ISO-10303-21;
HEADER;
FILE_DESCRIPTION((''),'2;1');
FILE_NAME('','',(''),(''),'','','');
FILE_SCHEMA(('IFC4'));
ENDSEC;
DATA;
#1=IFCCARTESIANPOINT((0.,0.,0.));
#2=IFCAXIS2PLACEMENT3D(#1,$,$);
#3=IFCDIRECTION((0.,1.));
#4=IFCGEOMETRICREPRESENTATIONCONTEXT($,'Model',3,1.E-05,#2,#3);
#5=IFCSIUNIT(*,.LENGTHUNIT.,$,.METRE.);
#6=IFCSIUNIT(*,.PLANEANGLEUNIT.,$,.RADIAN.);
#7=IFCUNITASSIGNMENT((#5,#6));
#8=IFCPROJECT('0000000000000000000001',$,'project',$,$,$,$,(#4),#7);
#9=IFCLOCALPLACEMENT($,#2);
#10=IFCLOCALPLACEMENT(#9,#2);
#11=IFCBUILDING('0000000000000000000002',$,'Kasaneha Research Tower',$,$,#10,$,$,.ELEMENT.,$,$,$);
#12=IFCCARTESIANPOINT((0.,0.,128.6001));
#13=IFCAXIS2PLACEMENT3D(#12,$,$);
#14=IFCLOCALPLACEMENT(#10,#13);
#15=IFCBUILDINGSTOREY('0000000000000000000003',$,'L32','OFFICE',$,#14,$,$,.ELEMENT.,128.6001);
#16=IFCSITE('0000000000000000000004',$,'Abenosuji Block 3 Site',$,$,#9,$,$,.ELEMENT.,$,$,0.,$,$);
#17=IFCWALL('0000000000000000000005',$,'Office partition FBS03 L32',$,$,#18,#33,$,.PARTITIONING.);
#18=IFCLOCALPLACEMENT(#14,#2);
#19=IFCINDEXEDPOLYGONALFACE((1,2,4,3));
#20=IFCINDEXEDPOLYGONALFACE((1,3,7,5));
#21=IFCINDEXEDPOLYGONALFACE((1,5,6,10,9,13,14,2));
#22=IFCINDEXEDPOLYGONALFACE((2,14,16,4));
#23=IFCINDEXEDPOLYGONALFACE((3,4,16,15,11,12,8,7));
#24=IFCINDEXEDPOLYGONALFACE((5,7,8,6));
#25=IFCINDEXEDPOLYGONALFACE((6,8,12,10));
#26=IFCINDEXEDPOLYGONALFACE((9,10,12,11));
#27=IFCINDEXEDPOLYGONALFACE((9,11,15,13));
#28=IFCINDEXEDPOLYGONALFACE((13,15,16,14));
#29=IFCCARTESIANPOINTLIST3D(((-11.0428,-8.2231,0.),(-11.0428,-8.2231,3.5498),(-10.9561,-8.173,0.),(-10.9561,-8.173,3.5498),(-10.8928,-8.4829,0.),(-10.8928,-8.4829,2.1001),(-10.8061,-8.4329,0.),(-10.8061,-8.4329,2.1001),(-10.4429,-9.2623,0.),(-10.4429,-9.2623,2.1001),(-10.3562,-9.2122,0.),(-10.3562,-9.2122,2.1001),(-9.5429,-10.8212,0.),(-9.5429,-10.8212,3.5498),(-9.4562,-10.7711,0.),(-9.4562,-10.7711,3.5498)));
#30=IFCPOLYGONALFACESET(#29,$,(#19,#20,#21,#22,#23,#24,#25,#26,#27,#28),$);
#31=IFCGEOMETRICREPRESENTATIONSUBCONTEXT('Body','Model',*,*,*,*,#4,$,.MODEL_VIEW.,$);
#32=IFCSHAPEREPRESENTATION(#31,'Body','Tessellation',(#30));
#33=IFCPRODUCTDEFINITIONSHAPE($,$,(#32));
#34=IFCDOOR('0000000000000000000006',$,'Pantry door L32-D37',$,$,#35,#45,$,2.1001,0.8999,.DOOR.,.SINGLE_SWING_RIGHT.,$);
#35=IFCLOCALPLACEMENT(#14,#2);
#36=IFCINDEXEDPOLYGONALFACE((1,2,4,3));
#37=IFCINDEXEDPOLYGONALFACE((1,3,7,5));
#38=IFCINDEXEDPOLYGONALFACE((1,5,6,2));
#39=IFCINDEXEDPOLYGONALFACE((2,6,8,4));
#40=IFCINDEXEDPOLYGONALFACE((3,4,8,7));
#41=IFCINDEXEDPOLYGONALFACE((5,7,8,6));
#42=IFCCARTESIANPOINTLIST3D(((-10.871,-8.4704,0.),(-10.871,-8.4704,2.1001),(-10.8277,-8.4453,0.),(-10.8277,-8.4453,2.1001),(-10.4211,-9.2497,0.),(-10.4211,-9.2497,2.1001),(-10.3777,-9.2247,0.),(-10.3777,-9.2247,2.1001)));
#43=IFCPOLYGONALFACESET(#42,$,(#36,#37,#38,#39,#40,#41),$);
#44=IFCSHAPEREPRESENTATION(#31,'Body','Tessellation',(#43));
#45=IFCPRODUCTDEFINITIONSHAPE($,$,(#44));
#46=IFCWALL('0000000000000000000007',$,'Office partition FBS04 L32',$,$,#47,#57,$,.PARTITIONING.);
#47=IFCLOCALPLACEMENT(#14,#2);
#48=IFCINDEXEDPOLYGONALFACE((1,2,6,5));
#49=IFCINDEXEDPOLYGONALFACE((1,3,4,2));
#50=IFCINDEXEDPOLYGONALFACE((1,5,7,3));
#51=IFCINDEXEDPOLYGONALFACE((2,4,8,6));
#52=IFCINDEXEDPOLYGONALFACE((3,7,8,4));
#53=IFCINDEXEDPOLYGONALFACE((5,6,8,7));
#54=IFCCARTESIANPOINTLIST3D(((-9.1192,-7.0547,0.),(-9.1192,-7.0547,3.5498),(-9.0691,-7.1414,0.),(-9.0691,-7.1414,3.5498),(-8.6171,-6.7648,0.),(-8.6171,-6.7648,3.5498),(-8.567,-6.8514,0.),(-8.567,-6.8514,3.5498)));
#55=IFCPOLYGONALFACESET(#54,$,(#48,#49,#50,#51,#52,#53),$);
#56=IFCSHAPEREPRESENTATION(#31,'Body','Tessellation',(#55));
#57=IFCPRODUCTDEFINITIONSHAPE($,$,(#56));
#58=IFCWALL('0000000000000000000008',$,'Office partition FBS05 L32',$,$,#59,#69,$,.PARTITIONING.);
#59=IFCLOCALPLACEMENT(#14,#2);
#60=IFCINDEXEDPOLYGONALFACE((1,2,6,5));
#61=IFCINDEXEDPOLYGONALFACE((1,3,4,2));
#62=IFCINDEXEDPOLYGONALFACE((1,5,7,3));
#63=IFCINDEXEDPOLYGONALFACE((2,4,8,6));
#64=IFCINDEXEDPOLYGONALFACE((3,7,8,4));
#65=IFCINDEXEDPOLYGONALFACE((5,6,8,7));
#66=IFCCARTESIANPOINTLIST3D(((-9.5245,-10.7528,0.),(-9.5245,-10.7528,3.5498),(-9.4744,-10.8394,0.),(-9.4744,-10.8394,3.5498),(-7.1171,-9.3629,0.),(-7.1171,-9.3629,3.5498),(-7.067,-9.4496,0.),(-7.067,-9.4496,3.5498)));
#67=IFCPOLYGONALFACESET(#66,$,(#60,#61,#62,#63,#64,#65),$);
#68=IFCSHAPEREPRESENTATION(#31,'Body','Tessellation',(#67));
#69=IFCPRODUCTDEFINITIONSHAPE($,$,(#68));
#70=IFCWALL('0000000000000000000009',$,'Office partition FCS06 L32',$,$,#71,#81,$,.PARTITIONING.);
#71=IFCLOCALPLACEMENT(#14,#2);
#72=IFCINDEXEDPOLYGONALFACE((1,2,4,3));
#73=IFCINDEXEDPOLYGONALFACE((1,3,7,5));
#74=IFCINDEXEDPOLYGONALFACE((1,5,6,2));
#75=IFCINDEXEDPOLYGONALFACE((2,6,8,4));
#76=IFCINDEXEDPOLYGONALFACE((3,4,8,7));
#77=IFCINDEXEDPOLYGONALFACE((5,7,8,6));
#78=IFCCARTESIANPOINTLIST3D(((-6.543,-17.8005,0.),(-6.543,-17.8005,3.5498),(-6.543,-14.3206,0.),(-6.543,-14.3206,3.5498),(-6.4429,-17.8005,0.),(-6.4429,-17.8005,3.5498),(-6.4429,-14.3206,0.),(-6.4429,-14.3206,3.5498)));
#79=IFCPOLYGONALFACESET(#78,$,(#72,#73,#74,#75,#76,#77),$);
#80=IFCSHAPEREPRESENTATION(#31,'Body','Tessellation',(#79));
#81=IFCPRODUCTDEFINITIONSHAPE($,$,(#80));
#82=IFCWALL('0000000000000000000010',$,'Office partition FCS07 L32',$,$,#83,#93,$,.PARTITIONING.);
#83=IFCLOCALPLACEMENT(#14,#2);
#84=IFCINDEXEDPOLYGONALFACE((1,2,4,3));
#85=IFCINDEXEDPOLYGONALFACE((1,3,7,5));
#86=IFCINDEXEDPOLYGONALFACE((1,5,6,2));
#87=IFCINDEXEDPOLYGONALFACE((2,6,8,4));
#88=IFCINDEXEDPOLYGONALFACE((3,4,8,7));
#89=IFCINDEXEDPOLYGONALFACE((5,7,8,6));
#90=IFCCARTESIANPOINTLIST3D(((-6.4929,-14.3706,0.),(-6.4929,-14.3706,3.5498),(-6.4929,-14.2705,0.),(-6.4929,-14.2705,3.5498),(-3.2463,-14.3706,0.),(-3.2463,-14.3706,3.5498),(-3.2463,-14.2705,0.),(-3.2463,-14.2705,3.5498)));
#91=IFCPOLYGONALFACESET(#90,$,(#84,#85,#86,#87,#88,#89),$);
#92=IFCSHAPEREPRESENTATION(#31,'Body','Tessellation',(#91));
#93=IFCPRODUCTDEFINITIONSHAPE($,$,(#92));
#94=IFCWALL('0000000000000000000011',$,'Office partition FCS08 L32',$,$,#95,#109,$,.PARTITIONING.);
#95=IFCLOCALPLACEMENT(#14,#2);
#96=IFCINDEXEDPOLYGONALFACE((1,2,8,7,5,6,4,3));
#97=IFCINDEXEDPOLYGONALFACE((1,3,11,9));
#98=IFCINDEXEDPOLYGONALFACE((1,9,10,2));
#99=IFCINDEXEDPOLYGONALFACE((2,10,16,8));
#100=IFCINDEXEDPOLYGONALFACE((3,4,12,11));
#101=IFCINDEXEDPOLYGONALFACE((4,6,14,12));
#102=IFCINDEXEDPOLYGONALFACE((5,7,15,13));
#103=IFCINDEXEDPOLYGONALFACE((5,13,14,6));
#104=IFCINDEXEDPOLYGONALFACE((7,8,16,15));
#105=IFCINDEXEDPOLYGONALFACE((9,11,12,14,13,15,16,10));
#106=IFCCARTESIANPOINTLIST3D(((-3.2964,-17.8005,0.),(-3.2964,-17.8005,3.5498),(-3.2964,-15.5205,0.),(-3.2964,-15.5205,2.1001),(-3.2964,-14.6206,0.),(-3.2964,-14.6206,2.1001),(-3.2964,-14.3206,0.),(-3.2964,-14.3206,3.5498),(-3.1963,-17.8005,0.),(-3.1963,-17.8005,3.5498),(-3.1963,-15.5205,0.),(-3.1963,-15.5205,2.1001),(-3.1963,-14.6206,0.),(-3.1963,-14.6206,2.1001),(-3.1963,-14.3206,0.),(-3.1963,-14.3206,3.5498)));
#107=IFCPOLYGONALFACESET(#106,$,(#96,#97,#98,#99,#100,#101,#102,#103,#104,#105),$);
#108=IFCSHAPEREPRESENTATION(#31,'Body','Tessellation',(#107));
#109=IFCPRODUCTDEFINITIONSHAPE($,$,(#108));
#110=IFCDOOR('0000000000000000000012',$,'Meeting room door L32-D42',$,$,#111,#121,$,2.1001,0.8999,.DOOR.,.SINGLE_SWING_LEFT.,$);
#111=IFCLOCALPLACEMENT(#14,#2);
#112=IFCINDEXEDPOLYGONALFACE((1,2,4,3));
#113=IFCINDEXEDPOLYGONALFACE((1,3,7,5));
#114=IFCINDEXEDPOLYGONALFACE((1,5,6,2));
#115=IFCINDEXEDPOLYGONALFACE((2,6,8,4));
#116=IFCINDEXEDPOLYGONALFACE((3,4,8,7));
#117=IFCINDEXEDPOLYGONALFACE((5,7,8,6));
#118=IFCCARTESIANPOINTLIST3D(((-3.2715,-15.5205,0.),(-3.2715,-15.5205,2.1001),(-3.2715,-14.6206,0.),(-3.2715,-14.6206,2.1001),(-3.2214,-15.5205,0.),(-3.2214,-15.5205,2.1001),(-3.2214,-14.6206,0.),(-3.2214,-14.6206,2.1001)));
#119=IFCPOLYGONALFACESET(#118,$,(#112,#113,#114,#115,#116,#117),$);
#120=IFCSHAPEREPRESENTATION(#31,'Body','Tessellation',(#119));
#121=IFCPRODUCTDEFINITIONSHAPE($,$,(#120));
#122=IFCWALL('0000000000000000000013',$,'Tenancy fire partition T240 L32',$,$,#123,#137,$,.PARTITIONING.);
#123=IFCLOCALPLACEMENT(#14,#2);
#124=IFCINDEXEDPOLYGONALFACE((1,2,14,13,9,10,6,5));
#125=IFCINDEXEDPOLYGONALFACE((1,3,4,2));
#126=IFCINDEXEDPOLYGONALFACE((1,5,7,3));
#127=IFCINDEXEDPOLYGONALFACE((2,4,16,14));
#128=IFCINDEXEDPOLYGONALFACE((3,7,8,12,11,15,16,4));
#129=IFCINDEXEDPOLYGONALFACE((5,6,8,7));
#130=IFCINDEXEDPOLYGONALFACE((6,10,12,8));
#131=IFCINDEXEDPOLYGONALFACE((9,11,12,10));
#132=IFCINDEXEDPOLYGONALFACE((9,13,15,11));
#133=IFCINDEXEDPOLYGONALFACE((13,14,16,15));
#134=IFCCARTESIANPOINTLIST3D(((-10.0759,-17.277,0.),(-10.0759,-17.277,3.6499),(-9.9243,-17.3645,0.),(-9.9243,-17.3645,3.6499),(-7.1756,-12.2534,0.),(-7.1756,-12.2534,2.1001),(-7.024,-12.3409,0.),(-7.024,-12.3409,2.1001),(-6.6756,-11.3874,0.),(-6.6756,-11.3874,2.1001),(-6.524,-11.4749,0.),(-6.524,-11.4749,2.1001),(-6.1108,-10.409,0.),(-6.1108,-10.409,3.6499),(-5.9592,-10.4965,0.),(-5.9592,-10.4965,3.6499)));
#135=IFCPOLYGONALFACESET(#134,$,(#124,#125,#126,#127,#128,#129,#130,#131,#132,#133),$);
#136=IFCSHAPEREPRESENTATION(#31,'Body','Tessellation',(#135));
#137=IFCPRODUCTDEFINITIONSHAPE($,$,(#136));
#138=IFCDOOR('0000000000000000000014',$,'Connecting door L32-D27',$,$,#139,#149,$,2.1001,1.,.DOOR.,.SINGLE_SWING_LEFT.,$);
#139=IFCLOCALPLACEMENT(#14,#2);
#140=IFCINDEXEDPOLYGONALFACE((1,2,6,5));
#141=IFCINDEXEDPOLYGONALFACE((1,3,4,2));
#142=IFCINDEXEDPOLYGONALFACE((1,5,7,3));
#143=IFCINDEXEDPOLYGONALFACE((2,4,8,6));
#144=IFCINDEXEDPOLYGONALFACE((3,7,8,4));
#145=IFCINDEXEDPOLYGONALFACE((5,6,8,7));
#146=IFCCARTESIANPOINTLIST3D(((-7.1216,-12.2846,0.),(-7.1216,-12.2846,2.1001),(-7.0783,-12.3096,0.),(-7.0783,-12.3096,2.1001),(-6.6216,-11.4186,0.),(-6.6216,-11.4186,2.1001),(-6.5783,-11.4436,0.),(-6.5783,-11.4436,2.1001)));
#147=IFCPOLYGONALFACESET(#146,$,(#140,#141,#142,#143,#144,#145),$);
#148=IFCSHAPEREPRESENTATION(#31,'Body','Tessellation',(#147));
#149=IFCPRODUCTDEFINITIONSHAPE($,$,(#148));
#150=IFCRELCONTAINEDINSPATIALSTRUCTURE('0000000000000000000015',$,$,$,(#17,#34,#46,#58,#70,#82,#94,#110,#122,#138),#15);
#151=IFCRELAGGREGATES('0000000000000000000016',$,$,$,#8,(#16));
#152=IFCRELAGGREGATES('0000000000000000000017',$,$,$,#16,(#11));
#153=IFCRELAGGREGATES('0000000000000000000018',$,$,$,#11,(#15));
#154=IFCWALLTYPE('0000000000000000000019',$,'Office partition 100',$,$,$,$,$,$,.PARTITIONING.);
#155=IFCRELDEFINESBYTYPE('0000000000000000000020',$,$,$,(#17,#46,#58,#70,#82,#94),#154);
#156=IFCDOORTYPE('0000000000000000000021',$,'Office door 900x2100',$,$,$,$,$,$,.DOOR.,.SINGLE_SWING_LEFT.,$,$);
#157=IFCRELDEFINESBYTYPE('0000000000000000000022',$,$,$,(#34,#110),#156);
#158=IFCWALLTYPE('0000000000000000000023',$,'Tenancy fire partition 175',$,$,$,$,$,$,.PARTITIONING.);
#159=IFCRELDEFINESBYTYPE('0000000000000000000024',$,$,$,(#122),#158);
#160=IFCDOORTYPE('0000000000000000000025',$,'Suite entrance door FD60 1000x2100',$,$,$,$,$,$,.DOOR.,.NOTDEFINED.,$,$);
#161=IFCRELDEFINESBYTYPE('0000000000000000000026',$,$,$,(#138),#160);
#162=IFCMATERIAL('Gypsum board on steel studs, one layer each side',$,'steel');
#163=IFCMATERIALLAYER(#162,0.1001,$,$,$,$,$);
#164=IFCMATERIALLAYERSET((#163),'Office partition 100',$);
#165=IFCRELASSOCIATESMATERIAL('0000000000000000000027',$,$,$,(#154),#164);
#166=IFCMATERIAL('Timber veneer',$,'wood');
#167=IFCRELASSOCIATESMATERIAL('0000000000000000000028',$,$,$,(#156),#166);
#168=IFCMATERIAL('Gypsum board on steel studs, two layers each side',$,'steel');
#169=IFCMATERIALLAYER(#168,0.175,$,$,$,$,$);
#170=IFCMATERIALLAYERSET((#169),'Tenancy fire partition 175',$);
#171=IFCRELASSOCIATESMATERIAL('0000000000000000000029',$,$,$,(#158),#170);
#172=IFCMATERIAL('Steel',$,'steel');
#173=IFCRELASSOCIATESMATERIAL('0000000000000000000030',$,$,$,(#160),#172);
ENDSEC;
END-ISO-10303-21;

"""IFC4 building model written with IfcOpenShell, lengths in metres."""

from ifc_helpers import new_model, si_unit, direction, frame, frame_2d, origin, place, context, subcontext, project, spatial, rectangle, extrude, material, layer, layer_set, type_object, element, fill, save


model = new_model("IFC4")

# Units and contexts
model_context = context("Model", 3, precision=1e-05, world=origin(), true_north=direction((0.0, 1.0)))
body_context = subcontext(model_context, "Body", "Model", "MODEL_VIEW")
ifc_project = project(units=[si_unit("LENGTHUNIT", "METRE"), si_unit("PLANEANGLEUNIT", "RADIAN")], contexts=[model_context])

# Site, building, storey
site_placement = place(None, origin())
site = spatial("IfcSite", under=ifc_project, at=site_placement, Name="Abenosuji Block 3 Site", CompositionType="ELEMENT", RefElevation=0.0)
building_placement = place(site_placement, origin())
building = spatial("IfcBuilding", under=site, at=building_placement, Name="Kasaneha Research Tower", CompositionType="ELEMENT")
storey_placement = place(building_placement, frame((0.0, 0.0, 128.6001)))
storey = spatial("IfcBuildingStorey", under=building, at=storey_placement, Name="L32", Description="OFFICE", CompositionType="ELEMENT", Elevation=128.6001)

# Shared definitions
ifc_material_1 = material(Name="Gypsum board on steel studs, one layer each side", Category="steel")
ifc_layer_1 = layer(ifc_material_1, 0.1001)
ifc_layer_set_1 = layer_set([ifc_layer_1], Name="Office partition 100")
wall_type_1 = type_object("IfcWallType", Name="Office partition 100", PredefinedType="PARTITIONING", material=ifc_layer_set_1)
ifc_material_2 = material(Name="Timber veneer", Category="wood")
door_type_1 = type_object("IfcDoorType", Name="Office door 900x2100", OperationType="SINGLE_SWING_LEFT", PredefinedType="DOOR", material=ifc_material_2)

# Wall, opening, door
wall_1_placement = place(storey_placement, frame((-9.4995, -10.7961, 0.0), z_axis=(0.0, 0.0, 1.0), x_axis=(-0.49999, 0.866031, 0.0)))
wall_1 = element("IfcWall", 1, at=wall_1_placement, inside=storey, type_object=wall_type_1, Name="Office partition FBS03 L32", PredefinedType="PARTITIONING", context=body_context, shape_type="SweptSolid", body=[
    extrude(rectangle(XDim=3.0, YDim=0.1001, at=frame_2d((1.5, 0.0))), origin(), (0.0, 0.0, 1.0), 3.5498),
])
opening_1_placement = place(wall_1_placement, frame((1.8, 0.0, 0.0)))
opening_1 = element("IfcOpeningElement", 2, at=opening_1_placement, cuts=wall_1, PredefinedType="OPENING", context=body_context, shape_type="SweptSolid", body=[
    extrude(rectangle(XDim=0.8999, YDim=2.1001, at=frame_2d((0.45, 1.05))), frame((0.0, 0.0601, 0.0), z_axis=(0.0, -1.0, 0.0), x_axis=(1.0, 0.0, 0.0)), (0.0, 0.0, 1.0), 0.1201),
])
door_1_placement = place(opening_1_placement, origin())
door_1 = element("IfcDoor", 3, at=door_1_placement, inside=storey, type_object=door_type_1, Name="Pantry door L32-D37", OperationType="SINGLE_SWING_RIGHT", OverallHeight=2.1001, OverallWidth=0.8999, PredefinedType="DOOR", context=body_context, shape_type="SweptSolid", body=[
    extrude(rectangle(XDim=0.8999, YDim=2.1001, at=frame_2d((0.45, 1.05))), frame((0.0, 0.0249, 0.0), z_axis=(0.0, -1.0, 0.0), x_axis=(1.0, 0.0, 0.0)), (0.0, 0.0, 1.0), 0.05),
])
fill(opening_1, door_1)

# Walls
wall_2_placement = place(storey_placement, frame((-9.0942, -7.0981, 0.0), z_axis=(0.0, 0.0, 1.0), x_axis=(0.865954, 0.500123, 0.0)))
element("IfcWall", 4, at=wall_2_placement, inside=storey, type_object=wall_type_1, Name="Office partition FBS04 L32", PredefinedType="PARTITIONING", context=body_context, shape_type="SweptSolid", body=[
    extrude(rectangle(XDim=0.5798, YDim=0.1001, at=frame_2d((0.29, 0.0))), origin(), (0.0, 0.0, 1.0), 3.5498),
])
wall_3_placement = place(storey_placement, frame((-7.092, -9.4062, 0.0), z_axis=(0.0, 0.0, 1.0), x_axis=(-0.866035, -0.499983, 0.0)))
element("IfcWall", 5, at=wall_3_placement, inside=storey, type_object=wall_type_1, Name="Office partition FBS05 L32", PredefinedType="PARTITIONING", context=body_context, shape_type="SweptSolid", body=[
    extrude(rectangle(XDim=2.7798, YDim=0.1001, at=frame_2d((1.3899, 0.0))), origin(), (0.0, 0.0, 1.0), 3.5498),
])
wall_4_placement = place(storey_placement, frame((-6.4929, -17.8005, 0.0), z_axis=(0.0, 0.0, 1.0), x_axis=(0.0, 1.0, 0.0)))
element("IfcWall", 6, at=wall_4_placement, inside=storey, type_object=wall_type_1, Name="Office partition FCS06 L32", PredefinedType="PARTITIONING", context=body_context, shape_type="SweptSolid", body=[
    extrude(rectangle(XDim=3.48, YDim=0.1001, at=frame_2d((1.74, 0.0))), origin(), (0.0, 0.0, 1.0), 3.5498),
])
wall_5_placement = place(storey_placement, frame((-6.4929, -14.3206, 0.0), z_axis=(0.0, 0.0, 1.0), x_axis=(1.0, 0.0, 0.0)))
element("IfcWall", 7, at=wall_5_placement, inside=storey, type_object=wall_type_1, Name="Office partition FCS07 L32", PredefinedType="PARTITIONING", context=body_context, shape_type="SweptSolid", body=[
    extrude(rectangle(XDim=3.2466, YDim=0.1001, at=frame_2d((1.6233, 0.0))), origin(), (0.0, 0.0, 1.0), 3.5498),
])

# Walls, openings, doors
wall_6_placement = place(storey_placement, frame((-3.2463, -14.3206, 0.0), z_axis=(0.0, 0.0, 1.0), x_axis=(0.0, -1.0, 0.0)))
wall_6 = element("IfcWall", 8, at=wall_6_placement, inside=storey, type_object=wall_type_1, Name="Office partition FCS08 L32", PredefinedType="PARTITIONING", context=body_context, shape_type="SweptSolid", body=[
    extrude(rectangle(XDim=3.48, YDim=0.1001, at=frame_2d((1.74, 0.0))), origin(), (0.0, 0.0, 1.0), 3.5498),
])
opening_2_placement = place(wall_6_placement, frame((0.3, 0.0, 0.0)))
opening_2 = element("IfcOpeningElement", 9, at=opening_2_placement, cuts=wall_6, PredefinedType="OPENING", context=body_context, shape_type="SweptSolid", body=[
    extrude(rectangle(XDim=0.8999, YDim=2.1001, at=frame_2d((0.45, 1.05))), frame((0.0, 0.0601, 0.0), z_axis=(0.0, -1.0, 0.0), x_axis=(1.0, 0.0, 0.0)), (0.0, 0.0, 1.0), 0.1201),
])
door_2_placement = place(opening_2_placement, origin())
door_2 = element("IfcDoor", 10, at=door_2_placement, inside=storey, type_object=door_type_1, Name="Meeting room door L32-D42", OperationType="SINGLE_SWING_LEFT", OverallHeight=2.1001, OverallWidth=0.8999, PredefinedType="DOOR", context=body_context, shape_type="SweptSolid", body=[
    extrude(rectangle(XDim=0.8999, YDim=2.1001, at=frame_2d((0.45, 1.05))), frame((0.0, 0.0249, 0.0), z_axis=(0.0, -1.0, 0.0), x_axis=(1.0, 0.0, 0.0)), (0.0, 0.0, 1.0), 0.05),
])
fill(opening_2, door_2)
ifc_material_3 = material(Name="Gypsum board on steel studs, two layers each side", Category="steel")
ifc_layer_2 = layer(ifc_material_3, 0.175)
ifc_layer_set_2 = layer_set([ifc_layer_2], Name="Tenancy fire partition 175")
wall_type_2 = type_object("IfcWallType", Name="Tenancy fire partition 175", PredefinedType="PARTITIONING", material=ifc_layer_set_2)
wall_7_placement = place(storey_placement, frame((-6.0349, -10.4526, 0.0), z_axis=(0.0, 0.0, 1.0), x_axis=(-0.49999, -0.866031, 0.0)))
wall_7 = element("IfcWall", 11, at=wall_7_placement, inside=storey, type_object=wall_type_2, Name="Tenancy fire partition T240 L32", PredefinedType="PARTITIONING", context=body_context, shape_type="SweptSolid", body=[
    extrude(rectangle(XDim=7.9304, YDim=0.175, at=frame_2d((3.9653, 0.0))), origin(), (0.0, 0.0, 1.0), 3.6499),
])
opening_3_placement = place(wall_7_placement, frame((1.1299, 0.0, 0.0)))
opening_3 = element("IfcOpeningElement", 12, at=opening_3_placement, cuts=wall_7, PredefinedType="OPENING", context=body_context, shape_type="SweptSolid", body=[
    extrude(rectangle(XDim=1.0, YDim=2.1001, at=frame_2d((0.5, 1.05))), frame((0.0, 0.0977, 0.0), z_axis=(0.0, -1.0, 0.0), x_axis=(1.0, 0.0, 0.0)), (0.0, 0.0, 1.0), 0.1951),
])
ifc_material_4 = material(Name="Steel", Category="steel")
door_type_2 = type_object("IfcDoorType", Name="Suite entrance door FD60 1000x2100", OperationType="NOTDEFINED", PredefinedType="DOOR", material=ifc_material_4)
door_3_placement = place(opening_3_placement, origin())
door_3 = element("IfcDoor", 13, at=door_3_placement, inside=storey, type_object=door_type_2, Name="Connecting door L32-D27", OperationType="SINGLE_SWING_LEFT", OverallHeight=2.1001, OverallWidth=1.0, PredefinedType="DOOR", context=body_context, shape_type="SweptSolid", body=[
    extrude(rectangle(XDim=1.0, YDim=2.1001, at=frame_2d((0.5, 1.05))), frame((0.0, 0.0249, 0.0), z_axis=(0.0, -1.0, 0.0), x_axis=(1.0, 0.0, 0.0)), (0.0, 0.0, 1.0), 0.05),
])
fill(opening_3, door_3)

save(model, "model.ifc")
